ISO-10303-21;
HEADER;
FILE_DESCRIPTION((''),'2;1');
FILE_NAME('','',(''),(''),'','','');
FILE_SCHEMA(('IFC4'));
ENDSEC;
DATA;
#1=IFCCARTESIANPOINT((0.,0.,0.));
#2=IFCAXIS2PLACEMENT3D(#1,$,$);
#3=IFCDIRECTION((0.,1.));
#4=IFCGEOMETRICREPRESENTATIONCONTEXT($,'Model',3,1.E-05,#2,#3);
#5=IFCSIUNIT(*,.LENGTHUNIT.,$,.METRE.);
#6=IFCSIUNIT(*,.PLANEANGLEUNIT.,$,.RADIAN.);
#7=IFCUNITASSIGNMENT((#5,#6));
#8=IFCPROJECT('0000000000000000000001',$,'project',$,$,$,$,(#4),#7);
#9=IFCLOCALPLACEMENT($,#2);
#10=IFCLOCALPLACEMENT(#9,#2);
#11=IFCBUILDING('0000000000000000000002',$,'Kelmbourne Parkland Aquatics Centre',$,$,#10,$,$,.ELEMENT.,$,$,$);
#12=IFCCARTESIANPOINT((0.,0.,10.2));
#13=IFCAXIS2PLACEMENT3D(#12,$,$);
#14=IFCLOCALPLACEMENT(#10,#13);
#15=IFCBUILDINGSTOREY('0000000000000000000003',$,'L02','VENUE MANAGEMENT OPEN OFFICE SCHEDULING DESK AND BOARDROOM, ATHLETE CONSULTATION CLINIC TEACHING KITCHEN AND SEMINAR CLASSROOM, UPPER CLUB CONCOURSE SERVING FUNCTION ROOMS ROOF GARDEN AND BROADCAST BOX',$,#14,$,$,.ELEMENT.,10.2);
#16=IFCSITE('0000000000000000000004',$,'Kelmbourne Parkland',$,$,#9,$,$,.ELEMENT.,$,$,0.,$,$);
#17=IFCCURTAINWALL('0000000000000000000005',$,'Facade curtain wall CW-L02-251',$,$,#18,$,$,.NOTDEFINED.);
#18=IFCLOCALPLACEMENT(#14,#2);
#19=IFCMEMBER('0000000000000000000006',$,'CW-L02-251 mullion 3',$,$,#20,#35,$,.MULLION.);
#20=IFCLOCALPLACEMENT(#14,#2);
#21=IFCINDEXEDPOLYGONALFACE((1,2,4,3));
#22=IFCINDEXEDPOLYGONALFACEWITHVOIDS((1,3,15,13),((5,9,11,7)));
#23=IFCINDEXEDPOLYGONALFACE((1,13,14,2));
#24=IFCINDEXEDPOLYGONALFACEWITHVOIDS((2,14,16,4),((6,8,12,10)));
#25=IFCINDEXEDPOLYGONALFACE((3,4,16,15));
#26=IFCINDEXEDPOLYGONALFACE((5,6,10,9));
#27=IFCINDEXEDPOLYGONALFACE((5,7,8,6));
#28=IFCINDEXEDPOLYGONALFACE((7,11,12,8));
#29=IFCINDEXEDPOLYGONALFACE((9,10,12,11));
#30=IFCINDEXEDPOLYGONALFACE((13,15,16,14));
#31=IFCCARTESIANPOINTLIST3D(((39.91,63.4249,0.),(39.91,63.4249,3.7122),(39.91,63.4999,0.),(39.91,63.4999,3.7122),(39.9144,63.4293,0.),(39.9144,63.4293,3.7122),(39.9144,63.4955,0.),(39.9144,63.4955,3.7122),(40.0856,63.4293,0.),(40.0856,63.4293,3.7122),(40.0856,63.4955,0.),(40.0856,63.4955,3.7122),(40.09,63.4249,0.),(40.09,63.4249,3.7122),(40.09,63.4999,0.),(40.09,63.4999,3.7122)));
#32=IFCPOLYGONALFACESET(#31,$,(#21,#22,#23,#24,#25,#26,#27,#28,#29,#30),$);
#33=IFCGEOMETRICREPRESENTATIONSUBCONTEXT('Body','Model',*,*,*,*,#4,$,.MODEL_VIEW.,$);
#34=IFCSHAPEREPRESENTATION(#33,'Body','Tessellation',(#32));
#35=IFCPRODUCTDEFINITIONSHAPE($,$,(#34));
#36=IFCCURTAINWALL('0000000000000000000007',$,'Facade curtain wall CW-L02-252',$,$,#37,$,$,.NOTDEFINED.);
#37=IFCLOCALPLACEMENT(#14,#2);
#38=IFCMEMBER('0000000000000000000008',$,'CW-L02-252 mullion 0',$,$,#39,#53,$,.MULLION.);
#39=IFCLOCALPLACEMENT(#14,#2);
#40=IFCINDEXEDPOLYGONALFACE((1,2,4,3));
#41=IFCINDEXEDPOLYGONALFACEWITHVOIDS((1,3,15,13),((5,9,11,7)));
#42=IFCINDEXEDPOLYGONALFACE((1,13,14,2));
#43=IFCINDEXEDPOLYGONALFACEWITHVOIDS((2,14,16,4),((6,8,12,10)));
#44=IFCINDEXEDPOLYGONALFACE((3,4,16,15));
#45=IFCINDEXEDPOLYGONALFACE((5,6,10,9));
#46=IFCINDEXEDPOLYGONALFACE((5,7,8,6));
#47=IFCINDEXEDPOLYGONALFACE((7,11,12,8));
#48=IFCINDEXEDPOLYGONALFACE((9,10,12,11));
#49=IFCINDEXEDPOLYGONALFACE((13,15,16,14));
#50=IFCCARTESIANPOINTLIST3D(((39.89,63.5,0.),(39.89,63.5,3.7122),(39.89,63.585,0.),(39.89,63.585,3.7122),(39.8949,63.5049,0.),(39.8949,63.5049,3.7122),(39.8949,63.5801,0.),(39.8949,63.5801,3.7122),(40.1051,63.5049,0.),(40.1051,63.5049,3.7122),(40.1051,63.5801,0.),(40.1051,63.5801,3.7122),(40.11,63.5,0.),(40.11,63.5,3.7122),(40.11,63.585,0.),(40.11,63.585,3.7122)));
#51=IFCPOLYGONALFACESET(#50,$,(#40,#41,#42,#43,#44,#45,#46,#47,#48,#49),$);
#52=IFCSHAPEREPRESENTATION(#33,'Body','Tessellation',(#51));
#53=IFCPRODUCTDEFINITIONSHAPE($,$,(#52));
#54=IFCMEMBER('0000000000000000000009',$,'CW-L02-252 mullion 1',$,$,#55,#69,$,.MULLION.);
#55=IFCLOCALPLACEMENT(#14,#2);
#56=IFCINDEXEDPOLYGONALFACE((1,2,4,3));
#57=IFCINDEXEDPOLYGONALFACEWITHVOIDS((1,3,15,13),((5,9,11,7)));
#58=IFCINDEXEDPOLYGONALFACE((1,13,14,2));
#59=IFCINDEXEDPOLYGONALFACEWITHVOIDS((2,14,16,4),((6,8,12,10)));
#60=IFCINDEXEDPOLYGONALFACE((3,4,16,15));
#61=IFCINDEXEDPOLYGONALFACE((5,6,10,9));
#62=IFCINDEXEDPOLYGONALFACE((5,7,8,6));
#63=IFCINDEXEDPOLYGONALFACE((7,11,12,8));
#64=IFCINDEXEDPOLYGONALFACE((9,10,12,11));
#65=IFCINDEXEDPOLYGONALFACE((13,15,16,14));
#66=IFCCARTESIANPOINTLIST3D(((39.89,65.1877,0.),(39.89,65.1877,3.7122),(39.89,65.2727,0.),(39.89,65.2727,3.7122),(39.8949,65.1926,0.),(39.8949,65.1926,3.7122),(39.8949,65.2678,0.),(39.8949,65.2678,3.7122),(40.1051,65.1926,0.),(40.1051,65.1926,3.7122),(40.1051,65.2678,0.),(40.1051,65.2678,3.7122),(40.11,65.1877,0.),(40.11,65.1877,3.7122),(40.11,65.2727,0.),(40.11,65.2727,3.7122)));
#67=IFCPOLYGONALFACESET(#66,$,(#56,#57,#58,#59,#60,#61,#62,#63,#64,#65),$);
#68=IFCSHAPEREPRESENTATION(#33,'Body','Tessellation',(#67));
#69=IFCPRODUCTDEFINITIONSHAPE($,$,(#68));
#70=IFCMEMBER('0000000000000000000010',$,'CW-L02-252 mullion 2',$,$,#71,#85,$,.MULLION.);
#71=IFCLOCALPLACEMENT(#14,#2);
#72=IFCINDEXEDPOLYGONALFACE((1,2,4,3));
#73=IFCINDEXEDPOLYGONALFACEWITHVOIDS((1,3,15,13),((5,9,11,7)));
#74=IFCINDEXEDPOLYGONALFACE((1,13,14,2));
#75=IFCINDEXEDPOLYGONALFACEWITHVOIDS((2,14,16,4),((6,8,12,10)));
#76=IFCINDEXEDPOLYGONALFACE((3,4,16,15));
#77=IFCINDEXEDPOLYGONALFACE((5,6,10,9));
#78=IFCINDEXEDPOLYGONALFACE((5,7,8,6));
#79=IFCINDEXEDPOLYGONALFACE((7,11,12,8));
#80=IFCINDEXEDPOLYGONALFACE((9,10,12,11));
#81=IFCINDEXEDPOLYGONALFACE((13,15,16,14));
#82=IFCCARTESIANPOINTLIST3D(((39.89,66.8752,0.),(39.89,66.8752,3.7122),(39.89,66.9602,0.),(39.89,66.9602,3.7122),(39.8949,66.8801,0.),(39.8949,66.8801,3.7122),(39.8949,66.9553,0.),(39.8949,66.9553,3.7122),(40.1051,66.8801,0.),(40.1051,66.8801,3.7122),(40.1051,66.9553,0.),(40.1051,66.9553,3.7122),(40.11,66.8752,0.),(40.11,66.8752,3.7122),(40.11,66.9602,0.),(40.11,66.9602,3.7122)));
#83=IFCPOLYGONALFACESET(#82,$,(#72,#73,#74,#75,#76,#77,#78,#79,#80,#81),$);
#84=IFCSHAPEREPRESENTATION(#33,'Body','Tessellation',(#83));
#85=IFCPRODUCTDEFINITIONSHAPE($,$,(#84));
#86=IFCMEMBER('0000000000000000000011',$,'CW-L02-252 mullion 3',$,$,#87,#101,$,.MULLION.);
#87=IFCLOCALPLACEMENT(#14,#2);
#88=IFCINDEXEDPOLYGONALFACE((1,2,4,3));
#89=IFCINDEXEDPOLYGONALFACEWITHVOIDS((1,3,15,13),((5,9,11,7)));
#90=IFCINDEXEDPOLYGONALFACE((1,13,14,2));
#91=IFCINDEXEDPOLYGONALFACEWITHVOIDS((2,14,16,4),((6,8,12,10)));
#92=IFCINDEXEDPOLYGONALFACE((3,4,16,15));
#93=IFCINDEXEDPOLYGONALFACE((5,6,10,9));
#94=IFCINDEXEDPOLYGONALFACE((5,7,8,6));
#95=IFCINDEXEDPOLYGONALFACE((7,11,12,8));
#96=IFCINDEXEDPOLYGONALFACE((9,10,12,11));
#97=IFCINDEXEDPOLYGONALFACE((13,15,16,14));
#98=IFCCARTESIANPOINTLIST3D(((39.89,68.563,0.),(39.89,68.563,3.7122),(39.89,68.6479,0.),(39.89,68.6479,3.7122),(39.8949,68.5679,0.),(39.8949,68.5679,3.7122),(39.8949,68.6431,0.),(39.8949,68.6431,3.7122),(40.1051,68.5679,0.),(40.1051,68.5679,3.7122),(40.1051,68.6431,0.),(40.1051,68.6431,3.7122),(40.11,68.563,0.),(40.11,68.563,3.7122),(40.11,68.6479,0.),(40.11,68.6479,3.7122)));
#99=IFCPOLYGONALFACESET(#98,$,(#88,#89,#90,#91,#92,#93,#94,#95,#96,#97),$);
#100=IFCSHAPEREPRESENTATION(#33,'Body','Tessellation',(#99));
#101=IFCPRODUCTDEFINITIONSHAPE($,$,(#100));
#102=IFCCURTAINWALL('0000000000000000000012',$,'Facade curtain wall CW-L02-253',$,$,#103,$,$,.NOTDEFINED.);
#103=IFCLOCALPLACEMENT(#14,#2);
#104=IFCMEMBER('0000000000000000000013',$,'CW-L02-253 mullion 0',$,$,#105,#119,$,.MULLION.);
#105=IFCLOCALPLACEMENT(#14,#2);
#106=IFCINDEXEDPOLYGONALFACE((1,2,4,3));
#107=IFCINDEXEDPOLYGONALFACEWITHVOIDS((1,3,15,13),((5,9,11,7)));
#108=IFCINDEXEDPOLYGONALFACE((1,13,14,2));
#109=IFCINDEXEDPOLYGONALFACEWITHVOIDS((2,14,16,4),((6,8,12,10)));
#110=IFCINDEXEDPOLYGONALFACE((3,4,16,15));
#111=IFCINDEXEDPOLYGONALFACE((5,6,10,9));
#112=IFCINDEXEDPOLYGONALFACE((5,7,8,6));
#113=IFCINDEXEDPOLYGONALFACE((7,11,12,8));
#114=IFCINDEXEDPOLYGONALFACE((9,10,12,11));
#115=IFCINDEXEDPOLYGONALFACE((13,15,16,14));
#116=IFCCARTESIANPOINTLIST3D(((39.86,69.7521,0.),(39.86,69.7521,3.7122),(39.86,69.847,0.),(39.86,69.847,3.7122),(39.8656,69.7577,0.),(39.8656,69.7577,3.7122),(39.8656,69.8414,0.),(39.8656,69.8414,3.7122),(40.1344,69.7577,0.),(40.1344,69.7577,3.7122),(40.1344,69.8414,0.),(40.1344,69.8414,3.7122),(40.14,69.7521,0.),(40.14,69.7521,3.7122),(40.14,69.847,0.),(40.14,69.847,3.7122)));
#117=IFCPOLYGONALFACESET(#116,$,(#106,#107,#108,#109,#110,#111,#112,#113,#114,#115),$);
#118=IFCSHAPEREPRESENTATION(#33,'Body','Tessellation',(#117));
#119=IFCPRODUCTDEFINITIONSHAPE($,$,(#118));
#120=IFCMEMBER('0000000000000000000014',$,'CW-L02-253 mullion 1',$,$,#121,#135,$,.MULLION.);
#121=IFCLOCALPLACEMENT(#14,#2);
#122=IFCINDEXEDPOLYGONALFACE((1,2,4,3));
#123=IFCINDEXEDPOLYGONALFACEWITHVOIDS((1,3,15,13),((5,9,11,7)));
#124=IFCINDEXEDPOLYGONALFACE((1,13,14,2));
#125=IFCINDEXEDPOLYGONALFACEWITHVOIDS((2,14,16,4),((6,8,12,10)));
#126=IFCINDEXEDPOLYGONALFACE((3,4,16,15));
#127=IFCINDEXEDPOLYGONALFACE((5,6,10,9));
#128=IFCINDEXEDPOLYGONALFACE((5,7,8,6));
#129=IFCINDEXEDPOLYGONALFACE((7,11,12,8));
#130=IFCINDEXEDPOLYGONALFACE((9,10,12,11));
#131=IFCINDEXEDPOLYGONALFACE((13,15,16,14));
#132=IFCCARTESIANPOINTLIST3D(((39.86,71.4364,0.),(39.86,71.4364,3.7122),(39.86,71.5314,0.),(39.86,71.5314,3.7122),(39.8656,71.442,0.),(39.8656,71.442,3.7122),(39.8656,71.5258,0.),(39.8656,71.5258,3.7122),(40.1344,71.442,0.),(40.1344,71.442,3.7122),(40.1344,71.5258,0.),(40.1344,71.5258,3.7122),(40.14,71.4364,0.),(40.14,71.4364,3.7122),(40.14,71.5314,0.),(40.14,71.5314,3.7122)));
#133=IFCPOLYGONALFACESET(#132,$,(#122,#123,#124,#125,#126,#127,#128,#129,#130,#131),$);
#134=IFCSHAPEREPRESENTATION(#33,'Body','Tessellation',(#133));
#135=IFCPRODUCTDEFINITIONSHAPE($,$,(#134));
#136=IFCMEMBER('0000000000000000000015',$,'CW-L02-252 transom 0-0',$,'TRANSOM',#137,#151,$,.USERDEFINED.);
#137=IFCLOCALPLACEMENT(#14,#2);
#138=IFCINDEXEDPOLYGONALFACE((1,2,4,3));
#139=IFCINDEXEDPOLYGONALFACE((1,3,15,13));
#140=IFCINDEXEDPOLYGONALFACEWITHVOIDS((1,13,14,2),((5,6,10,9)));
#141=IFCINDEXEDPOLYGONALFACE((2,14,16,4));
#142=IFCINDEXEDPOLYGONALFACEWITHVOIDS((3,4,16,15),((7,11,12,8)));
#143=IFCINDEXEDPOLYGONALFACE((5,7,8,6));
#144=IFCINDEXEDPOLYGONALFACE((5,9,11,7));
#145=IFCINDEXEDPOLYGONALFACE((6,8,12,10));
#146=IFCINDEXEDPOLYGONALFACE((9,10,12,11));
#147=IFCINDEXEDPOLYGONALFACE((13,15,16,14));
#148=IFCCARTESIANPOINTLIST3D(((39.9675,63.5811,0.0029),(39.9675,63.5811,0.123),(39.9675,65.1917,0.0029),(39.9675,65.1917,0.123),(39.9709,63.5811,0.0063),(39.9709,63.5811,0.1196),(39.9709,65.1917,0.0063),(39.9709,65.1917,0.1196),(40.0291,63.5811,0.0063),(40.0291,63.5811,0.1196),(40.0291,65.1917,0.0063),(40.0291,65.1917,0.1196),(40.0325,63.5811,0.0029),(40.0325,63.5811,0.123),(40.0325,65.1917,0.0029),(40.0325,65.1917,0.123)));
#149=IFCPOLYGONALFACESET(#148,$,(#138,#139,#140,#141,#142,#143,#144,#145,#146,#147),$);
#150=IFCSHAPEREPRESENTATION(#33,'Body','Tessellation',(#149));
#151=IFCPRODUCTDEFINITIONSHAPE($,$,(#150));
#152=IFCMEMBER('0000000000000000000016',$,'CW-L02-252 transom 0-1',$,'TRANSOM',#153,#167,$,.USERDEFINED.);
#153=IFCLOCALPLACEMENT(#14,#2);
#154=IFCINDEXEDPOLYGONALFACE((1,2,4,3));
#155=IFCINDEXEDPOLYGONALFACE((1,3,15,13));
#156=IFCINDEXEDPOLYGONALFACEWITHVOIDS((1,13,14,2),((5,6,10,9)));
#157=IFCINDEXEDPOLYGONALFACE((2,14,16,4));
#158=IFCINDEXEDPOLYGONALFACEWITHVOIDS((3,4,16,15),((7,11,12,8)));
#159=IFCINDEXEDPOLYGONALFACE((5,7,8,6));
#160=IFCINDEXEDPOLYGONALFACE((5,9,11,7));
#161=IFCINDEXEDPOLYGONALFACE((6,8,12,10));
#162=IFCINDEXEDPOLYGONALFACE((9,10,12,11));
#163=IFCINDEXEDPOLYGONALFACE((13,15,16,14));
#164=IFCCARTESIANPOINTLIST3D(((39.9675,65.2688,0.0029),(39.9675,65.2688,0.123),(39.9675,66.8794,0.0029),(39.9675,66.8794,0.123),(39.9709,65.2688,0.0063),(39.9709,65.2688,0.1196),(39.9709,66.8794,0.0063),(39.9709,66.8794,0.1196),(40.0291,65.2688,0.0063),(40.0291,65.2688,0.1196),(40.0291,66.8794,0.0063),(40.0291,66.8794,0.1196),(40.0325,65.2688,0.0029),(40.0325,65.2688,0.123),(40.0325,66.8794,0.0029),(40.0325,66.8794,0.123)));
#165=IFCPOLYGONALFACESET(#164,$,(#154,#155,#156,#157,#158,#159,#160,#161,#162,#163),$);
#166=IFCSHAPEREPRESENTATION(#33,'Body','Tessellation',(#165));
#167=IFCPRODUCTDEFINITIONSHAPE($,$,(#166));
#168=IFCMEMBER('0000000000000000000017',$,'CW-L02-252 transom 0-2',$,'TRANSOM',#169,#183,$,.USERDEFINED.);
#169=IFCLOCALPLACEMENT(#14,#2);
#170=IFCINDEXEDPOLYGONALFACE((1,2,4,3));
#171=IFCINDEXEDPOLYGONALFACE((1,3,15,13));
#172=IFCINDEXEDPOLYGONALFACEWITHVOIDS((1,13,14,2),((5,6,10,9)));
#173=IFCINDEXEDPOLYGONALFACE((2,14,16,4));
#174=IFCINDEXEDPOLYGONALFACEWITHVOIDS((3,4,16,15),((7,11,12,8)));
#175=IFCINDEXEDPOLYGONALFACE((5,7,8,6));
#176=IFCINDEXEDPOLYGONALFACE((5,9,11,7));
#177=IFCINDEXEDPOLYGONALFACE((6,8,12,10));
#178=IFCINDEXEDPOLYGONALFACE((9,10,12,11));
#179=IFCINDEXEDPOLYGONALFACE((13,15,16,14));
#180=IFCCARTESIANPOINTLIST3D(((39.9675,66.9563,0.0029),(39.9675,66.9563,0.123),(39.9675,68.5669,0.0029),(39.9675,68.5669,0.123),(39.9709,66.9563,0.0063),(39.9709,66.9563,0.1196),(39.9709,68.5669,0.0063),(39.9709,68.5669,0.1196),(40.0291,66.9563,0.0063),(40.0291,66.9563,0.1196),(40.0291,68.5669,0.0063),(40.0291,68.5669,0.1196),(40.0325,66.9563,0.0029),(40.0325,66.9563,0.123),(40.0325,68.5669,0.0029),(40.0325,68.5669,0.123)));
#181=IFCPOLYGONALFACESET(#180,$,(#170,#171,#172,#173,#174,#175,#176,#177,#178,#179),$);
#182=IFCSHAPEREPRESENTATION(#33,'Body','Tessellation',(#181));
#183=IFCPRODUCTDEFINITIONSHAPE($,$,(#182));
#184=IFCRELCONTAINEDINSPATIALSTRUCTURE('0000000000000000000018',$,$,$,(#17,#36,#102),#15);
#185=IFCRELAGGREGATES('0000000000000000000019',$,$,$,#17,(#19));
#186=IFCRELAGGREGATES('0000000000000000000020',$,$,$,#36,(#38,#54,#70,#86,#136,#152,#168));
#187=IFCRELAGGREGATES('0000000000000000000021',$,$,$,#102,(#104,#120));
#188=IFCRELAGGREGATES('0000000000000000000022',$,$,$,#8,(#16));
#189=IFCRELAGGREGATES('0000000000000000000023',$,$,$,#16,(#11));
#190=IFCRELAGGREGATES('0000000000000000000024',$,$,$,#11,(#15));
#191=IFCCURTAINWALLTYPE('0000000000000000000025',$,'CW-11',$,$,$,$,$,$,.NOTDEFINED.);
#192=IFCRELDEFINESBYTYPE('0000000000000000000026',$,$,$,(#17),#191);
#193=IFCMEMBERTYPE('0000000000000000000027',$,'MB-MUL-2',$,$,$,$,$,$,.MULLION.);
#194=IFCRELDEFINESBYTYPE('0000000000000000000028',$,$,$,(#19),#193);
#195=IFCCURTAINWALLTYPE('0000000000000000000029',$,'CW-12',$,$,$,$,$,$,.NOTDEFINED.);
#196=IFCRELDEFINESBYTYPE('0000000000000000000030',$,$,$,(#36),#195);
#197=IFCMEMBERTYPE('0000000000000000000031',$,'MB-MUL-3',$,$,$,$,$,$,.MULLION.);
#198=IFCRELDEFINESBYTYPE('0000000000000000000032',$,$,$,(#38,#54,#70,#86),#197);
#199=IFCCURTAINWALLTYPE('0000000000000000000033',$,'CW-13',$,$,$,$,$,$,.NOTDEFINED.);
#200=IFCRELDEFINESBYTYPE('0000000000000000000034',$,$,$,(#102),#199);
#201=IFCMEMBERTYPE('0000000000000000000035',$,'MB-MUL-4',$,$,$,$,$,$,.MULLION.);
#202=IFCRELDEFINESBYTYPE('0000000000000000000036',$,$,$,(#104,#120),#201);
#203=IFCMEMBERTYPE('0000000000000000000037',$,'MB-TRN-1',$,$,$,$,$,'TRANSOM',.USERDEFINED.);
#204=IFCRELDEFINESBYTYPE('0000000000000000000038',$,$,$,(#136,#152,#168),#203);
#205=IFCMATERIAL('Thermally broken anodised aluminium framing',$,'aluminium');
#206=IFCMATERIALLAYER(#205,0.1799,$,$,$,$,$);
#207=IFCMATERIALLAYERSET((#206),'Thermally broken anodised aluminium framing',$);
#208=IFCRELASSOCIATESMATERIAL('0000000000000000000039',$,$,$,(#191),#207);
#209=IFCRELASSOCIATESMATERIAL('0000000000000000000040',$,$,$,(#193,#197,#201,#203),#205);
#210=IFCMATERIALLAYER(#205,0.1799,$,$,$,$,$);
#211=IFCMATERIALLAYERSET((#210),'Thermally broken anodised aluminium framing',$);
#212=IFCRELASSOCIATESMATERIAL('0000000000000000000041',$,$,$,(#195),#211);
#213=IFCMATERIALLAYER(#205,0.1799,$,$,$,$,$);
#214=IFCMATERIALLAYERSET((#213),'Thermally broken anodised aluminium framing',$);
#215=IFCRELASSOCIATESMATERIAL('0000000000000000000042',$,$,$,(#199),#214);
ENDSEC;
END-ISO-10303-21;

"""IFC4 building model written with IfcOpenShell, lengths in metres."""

from ifc_helpers import new_model, si_unit, direction, frame, origin, origin_2d, place, context, subcontext, project, spatial, hollow_rectangle, extrude, material, layer, layer_set, material_profile, profile_set, type_object, element, aggregate, save


model = new_model("IFC4")

# Units and contexts
model_context = context("Model", 3, precision=1e-05, world=origin(), true_north=direction((0.0, 1.0)))
body_context = subcontext(model_context, "Body", "Model", "MODEL_VIEW")
ifc_project = project(units=[si_unit("LENGTHUNIT", "METRE"), si_unit("PLANEANGLEUNIT", "RADIAN")], contexts=[model_context])

# Site, building, storey
site_placement = place(None, origin())
site = spatial("IfcSite", under=ifc_project, at=site_placement, Name="Kelmbourne Parkland", CompositionType="ELEMENT", RefElevation=0.0)
building_placement = place(site_placement, origin())
building = spatial("IfcBuilding", under=site, at=building_placement, Name="Kelmbourne Parkland Aquatics Centre", CompositionType="ELEMENT")
storey_placement = place(building_placement, frame((0.0, 0.0, 10.2)))
storey = spatial("IfcBuildingStorey", under=building, at=storey_placement, Name="L02", Description="VENUE MANAGEMENT OPEN OFFICE SCHEDULING DESK AND BOARDROOM, ATHLETE CONSULTATION CLINIC TEACHING KITCHEN AND SEMINAR CLASSROOM, UPPER CLUB CONCOURSE SERVING FUNCTION ROOMS ROOF GARDEN AND BROADCAST BOX", CompositionType="ELEMENT", Elevation=10.2)

# Curtain wall, member
ifc_material_1 = material(Name="Thermally broken anodised aluminium framing", Category="aluminium")
ifc_layer_1 = layer(ifc_material_1, 0.1799)
ifc_layer_set_1 = layer_set([ifc_layer_1], Name="Thermally broken anodised aluminium framing")
curtain_wall_type_1 = type_object("IfcCurtainWallType", Name="CW-11", PredefinedType="NOTDEFINED", material=ifc_layer_set_1)
curtain_wall_1_placement = place(storey_placement, origin())
curtain_wall_1 = element("IfcCurtainWall", 1, at=curtain_wall_1_placement, inside=storey, type_object=curtain_wall_type_1, Name="Facade curtain wall CW-L02-251", PredefinedType="NOTDEFINED")
ifc_material_profile_1 = material_profile(ifc_material_1, hollow_rectangle(XDim=0.075, YDim=0.1799, WallThickness=0.0044, at=origin_2d()), Name="CW-M 75x180")
ifc_profile_set_1 = profile_set([ifc_material_profile_1], Name="Thermally broken anodised aluminium framing")
member_type_1 = type_object("IfcMemberType", Name="MB-MUL-2", PredefinedType="MULLION", material=ifc_profile_set_1)
member_1_placement = place(storey_placement, frame((40.0, 63.4624, 0.0), z_axis=(0.0, 0.0, 1.0), x_axis=(0.0, 1.0, 0.0)))
member_1 = element("IfcMember", 2, at=member_1_placement, type_object=member_type_1, Name="CW-L02-251 mullion 3", PredefinedType="MULLION", context=body_context, shape_type="SweptSolid", body=[
    extrude(hollow_rectangle(XDim=0.075, YDim=0.1799, WallThickness=0.0044, at=origin_2d()), origin(), (0.0, 0.0, 1.0), 3.7122),
])
aggregate(curtain_wall_1, [member_1])

# Curtain walls, members
ifc_layer_2 = layer(ifc_material_1, 0.1799)
ifc_layer_set_2 = layer_set([ifc_layer_2], Name="Thermally broken anodised aluminium framing")
curtain_wall_type_2 = type_object("IfcCurtainWallType", Name="CW-12", PredefinedType="NOTDEFINED", material=ifc_layer_set_2)
curtain_wall_2_placement = place(storey_placement, origin())
curtain_wall_2 = element("IfcCurtainWall", 3, at=curtain_wall_2_placement, inside=storey, type_object=curtain_wall_type_2, Name="Facade curtain wall CW-L02-252", PredefinedType="NOTDEFINED")
ifc_material_profile_2 = material_profile(ifc_material_1, hollow_rectangle(XDim=0.085, YDim=0.22, WallThickness=0.0049, at=origin_2d()), Name="CW-M 85x220")
ifc_profile_set_2 = profile_set([ifc_material_profile_2], Name="Thermally broken anodised aluminium framing")
member_type_2 = type_object("IfcMemberType", Name="MB-MUL-3", PredefinedType="MULLION", material=ifc_profile_set_2)
member_2_placement = place(storey_placement, frame((40.0, 63.5425, 0.0), z_axis=(0.0, 0.0, 1.0), x_axis=(0.0, 1.0, 0.0)))
member_2 = element("IfcMember", 4, at=member_2_placement, type_object=member_type_2, Name="CW-L02-252 mullion 0", PredefinedType="MULLION", context=body_context, shape_type="SweptSolid", body=[
    extrude(hollow_rectangle(XDim=0.085, YDim=0.22, WallThickness=0.0049, at=origin_2d()), origin(), (0.0, 0.0, 1.0), 3.7122),
])
member_3_placement = place(storey_placement, frame((40.0, 65.2302, 0.0), z_axis=(0.0, 0.0, 1.0), x_axis=(0.0, 1.0, 0.0)))
member_3 = element("IfcMember", 5, at=member_3_placement, type_object=member_type_2, Name="CW-L02-252 mullion 1", PredefinedType="MULLION", context=body_context, shape_type="SweptSolid", body=[
    extrude(hollow_rectangle(XDim=0.085, YDim=0.22, WallThickness=0.0049, at=origin_2d()), origin(), (0.0, 0.0, 1.0), 3.7122),
])
member_4_placement = place(storey_placement, frame((40.0, 66.9177, 0.0), z_axis=(0.0, 0.0, 1.0), x_axis=(0.0, 1.0, 0.0)))
member_4 = element("IfcMember", 6, at=member_4_placement, type_object=member_type_2, Name="CW-L02-252 mullion 2", PredefinedType="MULLION", context=body_context, shape_type="SweptSolid", body=[
    extrude(hollow_rectangle(XDim=0.085, YDim=0.22, WallThickness=0.0049, at=origin_2d()), origin(), (0.0, 0.0, 1.0), 3.7122),
])
member_5_placement = place(storey_placement, frame((40.0, 68.6055, 0.0), z_axis=(0.0, 0.0, 1.0), x_axis=(0.0, 1.0, 0.0)))
member_5 = element("IfcMember", 7, at=member_5_placement, type_object=member_type_2, Name="CW-L02-252 mullion 3", PredefinedType="MULLION", context=body_context, shape_type="SweptSolid", body=[
    extrude(hollow_rectangle(XDim=0.085, YDim=0.22, WallThickness=0.0049, at=origin_2d()), origin(), (0.0, 0.0, 1.0), 3.7122),
])
ifc_layer_3 = layer(ifc_material_1, 0.1799)
ifc_layer_set_3 = layer_set([ifc_layer_3], Name="Thermally broken anodised aluminium framing")
curtain_wall_type_3 = type_object("IfcCurtainWallType", Name="CW-13", PredefinedType="NOTDEFINED", material=ifc_layer_set_3)
curtain_wall_3_placement = place(storey_placement, origin())
curtain_wall_3 = element("IfcCurtainWall", 8, at=curtain_wall_3_placement, inside=storey, type_object=curtain_wall_type_3, Name="Facade curtain wall CW-L02-253", PredefinedType="NOTDEFINED")
ifc_material_profile_3 = material_profile(ifc_material_1, hollow_rectangle(XDim=0.095, YDim=0.28, WallThickness=0.0056, at=origin_2d()), Name="CW-M 95x280")
ifc_profile_set_3 = profile_set([ifc_material_profile_3], Name="Thermally broken anodised aluminium framing")
member_type_3 = type_object("IfcMemberType", Name="MB-MUL-4", PredefinedType="MULLION", material=ifc_profile_set_3)
member_6_placement = place(storey_placement, frame((40.0, 69.7996, 0.0), z_axis=(0.0, 0.0, 1.0), x_axis=(0.0, 1.0, 0.0)))
member_6 = element("IfcMember", 9, at=member_6_placement, type_object=member_type_3, Name="CW-L02-253 mullion 0", PredefinedType="MULLION", context=body_context, shape_type="SweptSolid", body=[
    extrude(hollow_rectangle(XDim=0.095, YDim=0.28, WallThickness=0.0056, at=origin_2d()), origin(), (0.0, 0.0, 1.0), 3.7122),
])
member_7_placement = place(storey_placement, frame((40.0, 71.4839, 0.0), z_axis=(0.0, 0.0, 1.0), x_axis=(0.0, 1.0, 0.0)))
member_7 = element("IfcMember", 10, at=member_7_placement, type_object=member_type_3, Name="CW-L02-253 mullion 1", PredefinedType="MULLION", context=body_context, shape_type="SweptSolid", body=[
    extrude(hollow_rectangle(XDim=0.095, YDim=0.28, WallThickness=0.0056, at=origin_2d()), origin(), (0.0, 0.0, 1.0), 3.7122),
])

# Members
ifc_material_profile_4 = material_profile(ifc_material_1, hollow_rectangle(XDim=0.0649, YDim=0.1201, WallThickness=0.0034, at=origin_2d()), Name="CW-T 65x120")
ifc_profile_set_4 = profile_set([ifc_material_profile_4], Name="Thermally broken anodised aluminium framing")
member_type_4 = type_object("IfcMemberType", Name="MB-TRN-1", ElementType="TRANSOM", PredefinedType="USERDEFINED", material=ifc_profile_set_4)
member_8_placement = place(storey_placement, frame((40.0, 63.5811, 0.063), z_axis=(0.0, 1.0, 0.0), x_axis=(-1.0, 0.0, 0.0)))
member_8 = element("IfcMember", 11, at=member_8_placement, type_object=member_type_4, Name="CW-L02-252 transom 0-0", ObjectType="TRANSOM", PredefinedType="USERDEFINED", context=body_context, shape_type="SweptSolid", body=[
    extrude(hollow_rectangle(XDim=0.0649, YDim=0.1201, WallThickness=0.0034, at=origin_2d()), origin(), (0.0, 0.0, 1.0), 1.6106),
])
member_9_placement = place(storey_placement, frame((40.0, 65.2688, 0.063), z_axis=(0.0, 1.0, 0.0), x_axis=(-1.0, 0.0, 0.0)))
member_9 = element("IfcMember", 12, at=member_9_placement, type_object=member_type_4, Name="CW-L02-252 transom 0-1", ObjectType="TRANSOM", PredefinedType="USERDEFINED", context=body_context, shape_type="SweptSolid", body=[
    extrude(hollow_rectangle(XDim=0.0649, YDim=0.1201, WallThickness=0.0034, at=origin_2d()), origin(), (0.0, 0.0, 1.0), 1.6106),
])
member_10_placement = place(storey_placement, frame((40.0, 66.9563, 0.063), z_axis=(0.0, 1.0, 0.0), x_axis=(-1.0, 0.0, 0.0)))
member_10 = element("IfcMember", 13, at=member_10_placement, type_object=member_type_4, Name="CW-L02-252 transom 0-2", ObjectType="TRANSOM", PredefinedType="USERDEFINED", context=body_context, shape_type="SweptSolid", body=[
    extrude(hollow_rectangle(XDim=0.0649, YDim=0.1201, WallThickness=0.0034, at=origin_2d()), origin(), (0.0, 0.0, 1.0), 1.6106),
])

aggregate(curtain_wall_2, [member_2, member_3, member_4, member_5, member_8, member_9, member_10])
aggregate(curtain_wall_3, [member_6, member_7])

save(model, "model.ifc")
